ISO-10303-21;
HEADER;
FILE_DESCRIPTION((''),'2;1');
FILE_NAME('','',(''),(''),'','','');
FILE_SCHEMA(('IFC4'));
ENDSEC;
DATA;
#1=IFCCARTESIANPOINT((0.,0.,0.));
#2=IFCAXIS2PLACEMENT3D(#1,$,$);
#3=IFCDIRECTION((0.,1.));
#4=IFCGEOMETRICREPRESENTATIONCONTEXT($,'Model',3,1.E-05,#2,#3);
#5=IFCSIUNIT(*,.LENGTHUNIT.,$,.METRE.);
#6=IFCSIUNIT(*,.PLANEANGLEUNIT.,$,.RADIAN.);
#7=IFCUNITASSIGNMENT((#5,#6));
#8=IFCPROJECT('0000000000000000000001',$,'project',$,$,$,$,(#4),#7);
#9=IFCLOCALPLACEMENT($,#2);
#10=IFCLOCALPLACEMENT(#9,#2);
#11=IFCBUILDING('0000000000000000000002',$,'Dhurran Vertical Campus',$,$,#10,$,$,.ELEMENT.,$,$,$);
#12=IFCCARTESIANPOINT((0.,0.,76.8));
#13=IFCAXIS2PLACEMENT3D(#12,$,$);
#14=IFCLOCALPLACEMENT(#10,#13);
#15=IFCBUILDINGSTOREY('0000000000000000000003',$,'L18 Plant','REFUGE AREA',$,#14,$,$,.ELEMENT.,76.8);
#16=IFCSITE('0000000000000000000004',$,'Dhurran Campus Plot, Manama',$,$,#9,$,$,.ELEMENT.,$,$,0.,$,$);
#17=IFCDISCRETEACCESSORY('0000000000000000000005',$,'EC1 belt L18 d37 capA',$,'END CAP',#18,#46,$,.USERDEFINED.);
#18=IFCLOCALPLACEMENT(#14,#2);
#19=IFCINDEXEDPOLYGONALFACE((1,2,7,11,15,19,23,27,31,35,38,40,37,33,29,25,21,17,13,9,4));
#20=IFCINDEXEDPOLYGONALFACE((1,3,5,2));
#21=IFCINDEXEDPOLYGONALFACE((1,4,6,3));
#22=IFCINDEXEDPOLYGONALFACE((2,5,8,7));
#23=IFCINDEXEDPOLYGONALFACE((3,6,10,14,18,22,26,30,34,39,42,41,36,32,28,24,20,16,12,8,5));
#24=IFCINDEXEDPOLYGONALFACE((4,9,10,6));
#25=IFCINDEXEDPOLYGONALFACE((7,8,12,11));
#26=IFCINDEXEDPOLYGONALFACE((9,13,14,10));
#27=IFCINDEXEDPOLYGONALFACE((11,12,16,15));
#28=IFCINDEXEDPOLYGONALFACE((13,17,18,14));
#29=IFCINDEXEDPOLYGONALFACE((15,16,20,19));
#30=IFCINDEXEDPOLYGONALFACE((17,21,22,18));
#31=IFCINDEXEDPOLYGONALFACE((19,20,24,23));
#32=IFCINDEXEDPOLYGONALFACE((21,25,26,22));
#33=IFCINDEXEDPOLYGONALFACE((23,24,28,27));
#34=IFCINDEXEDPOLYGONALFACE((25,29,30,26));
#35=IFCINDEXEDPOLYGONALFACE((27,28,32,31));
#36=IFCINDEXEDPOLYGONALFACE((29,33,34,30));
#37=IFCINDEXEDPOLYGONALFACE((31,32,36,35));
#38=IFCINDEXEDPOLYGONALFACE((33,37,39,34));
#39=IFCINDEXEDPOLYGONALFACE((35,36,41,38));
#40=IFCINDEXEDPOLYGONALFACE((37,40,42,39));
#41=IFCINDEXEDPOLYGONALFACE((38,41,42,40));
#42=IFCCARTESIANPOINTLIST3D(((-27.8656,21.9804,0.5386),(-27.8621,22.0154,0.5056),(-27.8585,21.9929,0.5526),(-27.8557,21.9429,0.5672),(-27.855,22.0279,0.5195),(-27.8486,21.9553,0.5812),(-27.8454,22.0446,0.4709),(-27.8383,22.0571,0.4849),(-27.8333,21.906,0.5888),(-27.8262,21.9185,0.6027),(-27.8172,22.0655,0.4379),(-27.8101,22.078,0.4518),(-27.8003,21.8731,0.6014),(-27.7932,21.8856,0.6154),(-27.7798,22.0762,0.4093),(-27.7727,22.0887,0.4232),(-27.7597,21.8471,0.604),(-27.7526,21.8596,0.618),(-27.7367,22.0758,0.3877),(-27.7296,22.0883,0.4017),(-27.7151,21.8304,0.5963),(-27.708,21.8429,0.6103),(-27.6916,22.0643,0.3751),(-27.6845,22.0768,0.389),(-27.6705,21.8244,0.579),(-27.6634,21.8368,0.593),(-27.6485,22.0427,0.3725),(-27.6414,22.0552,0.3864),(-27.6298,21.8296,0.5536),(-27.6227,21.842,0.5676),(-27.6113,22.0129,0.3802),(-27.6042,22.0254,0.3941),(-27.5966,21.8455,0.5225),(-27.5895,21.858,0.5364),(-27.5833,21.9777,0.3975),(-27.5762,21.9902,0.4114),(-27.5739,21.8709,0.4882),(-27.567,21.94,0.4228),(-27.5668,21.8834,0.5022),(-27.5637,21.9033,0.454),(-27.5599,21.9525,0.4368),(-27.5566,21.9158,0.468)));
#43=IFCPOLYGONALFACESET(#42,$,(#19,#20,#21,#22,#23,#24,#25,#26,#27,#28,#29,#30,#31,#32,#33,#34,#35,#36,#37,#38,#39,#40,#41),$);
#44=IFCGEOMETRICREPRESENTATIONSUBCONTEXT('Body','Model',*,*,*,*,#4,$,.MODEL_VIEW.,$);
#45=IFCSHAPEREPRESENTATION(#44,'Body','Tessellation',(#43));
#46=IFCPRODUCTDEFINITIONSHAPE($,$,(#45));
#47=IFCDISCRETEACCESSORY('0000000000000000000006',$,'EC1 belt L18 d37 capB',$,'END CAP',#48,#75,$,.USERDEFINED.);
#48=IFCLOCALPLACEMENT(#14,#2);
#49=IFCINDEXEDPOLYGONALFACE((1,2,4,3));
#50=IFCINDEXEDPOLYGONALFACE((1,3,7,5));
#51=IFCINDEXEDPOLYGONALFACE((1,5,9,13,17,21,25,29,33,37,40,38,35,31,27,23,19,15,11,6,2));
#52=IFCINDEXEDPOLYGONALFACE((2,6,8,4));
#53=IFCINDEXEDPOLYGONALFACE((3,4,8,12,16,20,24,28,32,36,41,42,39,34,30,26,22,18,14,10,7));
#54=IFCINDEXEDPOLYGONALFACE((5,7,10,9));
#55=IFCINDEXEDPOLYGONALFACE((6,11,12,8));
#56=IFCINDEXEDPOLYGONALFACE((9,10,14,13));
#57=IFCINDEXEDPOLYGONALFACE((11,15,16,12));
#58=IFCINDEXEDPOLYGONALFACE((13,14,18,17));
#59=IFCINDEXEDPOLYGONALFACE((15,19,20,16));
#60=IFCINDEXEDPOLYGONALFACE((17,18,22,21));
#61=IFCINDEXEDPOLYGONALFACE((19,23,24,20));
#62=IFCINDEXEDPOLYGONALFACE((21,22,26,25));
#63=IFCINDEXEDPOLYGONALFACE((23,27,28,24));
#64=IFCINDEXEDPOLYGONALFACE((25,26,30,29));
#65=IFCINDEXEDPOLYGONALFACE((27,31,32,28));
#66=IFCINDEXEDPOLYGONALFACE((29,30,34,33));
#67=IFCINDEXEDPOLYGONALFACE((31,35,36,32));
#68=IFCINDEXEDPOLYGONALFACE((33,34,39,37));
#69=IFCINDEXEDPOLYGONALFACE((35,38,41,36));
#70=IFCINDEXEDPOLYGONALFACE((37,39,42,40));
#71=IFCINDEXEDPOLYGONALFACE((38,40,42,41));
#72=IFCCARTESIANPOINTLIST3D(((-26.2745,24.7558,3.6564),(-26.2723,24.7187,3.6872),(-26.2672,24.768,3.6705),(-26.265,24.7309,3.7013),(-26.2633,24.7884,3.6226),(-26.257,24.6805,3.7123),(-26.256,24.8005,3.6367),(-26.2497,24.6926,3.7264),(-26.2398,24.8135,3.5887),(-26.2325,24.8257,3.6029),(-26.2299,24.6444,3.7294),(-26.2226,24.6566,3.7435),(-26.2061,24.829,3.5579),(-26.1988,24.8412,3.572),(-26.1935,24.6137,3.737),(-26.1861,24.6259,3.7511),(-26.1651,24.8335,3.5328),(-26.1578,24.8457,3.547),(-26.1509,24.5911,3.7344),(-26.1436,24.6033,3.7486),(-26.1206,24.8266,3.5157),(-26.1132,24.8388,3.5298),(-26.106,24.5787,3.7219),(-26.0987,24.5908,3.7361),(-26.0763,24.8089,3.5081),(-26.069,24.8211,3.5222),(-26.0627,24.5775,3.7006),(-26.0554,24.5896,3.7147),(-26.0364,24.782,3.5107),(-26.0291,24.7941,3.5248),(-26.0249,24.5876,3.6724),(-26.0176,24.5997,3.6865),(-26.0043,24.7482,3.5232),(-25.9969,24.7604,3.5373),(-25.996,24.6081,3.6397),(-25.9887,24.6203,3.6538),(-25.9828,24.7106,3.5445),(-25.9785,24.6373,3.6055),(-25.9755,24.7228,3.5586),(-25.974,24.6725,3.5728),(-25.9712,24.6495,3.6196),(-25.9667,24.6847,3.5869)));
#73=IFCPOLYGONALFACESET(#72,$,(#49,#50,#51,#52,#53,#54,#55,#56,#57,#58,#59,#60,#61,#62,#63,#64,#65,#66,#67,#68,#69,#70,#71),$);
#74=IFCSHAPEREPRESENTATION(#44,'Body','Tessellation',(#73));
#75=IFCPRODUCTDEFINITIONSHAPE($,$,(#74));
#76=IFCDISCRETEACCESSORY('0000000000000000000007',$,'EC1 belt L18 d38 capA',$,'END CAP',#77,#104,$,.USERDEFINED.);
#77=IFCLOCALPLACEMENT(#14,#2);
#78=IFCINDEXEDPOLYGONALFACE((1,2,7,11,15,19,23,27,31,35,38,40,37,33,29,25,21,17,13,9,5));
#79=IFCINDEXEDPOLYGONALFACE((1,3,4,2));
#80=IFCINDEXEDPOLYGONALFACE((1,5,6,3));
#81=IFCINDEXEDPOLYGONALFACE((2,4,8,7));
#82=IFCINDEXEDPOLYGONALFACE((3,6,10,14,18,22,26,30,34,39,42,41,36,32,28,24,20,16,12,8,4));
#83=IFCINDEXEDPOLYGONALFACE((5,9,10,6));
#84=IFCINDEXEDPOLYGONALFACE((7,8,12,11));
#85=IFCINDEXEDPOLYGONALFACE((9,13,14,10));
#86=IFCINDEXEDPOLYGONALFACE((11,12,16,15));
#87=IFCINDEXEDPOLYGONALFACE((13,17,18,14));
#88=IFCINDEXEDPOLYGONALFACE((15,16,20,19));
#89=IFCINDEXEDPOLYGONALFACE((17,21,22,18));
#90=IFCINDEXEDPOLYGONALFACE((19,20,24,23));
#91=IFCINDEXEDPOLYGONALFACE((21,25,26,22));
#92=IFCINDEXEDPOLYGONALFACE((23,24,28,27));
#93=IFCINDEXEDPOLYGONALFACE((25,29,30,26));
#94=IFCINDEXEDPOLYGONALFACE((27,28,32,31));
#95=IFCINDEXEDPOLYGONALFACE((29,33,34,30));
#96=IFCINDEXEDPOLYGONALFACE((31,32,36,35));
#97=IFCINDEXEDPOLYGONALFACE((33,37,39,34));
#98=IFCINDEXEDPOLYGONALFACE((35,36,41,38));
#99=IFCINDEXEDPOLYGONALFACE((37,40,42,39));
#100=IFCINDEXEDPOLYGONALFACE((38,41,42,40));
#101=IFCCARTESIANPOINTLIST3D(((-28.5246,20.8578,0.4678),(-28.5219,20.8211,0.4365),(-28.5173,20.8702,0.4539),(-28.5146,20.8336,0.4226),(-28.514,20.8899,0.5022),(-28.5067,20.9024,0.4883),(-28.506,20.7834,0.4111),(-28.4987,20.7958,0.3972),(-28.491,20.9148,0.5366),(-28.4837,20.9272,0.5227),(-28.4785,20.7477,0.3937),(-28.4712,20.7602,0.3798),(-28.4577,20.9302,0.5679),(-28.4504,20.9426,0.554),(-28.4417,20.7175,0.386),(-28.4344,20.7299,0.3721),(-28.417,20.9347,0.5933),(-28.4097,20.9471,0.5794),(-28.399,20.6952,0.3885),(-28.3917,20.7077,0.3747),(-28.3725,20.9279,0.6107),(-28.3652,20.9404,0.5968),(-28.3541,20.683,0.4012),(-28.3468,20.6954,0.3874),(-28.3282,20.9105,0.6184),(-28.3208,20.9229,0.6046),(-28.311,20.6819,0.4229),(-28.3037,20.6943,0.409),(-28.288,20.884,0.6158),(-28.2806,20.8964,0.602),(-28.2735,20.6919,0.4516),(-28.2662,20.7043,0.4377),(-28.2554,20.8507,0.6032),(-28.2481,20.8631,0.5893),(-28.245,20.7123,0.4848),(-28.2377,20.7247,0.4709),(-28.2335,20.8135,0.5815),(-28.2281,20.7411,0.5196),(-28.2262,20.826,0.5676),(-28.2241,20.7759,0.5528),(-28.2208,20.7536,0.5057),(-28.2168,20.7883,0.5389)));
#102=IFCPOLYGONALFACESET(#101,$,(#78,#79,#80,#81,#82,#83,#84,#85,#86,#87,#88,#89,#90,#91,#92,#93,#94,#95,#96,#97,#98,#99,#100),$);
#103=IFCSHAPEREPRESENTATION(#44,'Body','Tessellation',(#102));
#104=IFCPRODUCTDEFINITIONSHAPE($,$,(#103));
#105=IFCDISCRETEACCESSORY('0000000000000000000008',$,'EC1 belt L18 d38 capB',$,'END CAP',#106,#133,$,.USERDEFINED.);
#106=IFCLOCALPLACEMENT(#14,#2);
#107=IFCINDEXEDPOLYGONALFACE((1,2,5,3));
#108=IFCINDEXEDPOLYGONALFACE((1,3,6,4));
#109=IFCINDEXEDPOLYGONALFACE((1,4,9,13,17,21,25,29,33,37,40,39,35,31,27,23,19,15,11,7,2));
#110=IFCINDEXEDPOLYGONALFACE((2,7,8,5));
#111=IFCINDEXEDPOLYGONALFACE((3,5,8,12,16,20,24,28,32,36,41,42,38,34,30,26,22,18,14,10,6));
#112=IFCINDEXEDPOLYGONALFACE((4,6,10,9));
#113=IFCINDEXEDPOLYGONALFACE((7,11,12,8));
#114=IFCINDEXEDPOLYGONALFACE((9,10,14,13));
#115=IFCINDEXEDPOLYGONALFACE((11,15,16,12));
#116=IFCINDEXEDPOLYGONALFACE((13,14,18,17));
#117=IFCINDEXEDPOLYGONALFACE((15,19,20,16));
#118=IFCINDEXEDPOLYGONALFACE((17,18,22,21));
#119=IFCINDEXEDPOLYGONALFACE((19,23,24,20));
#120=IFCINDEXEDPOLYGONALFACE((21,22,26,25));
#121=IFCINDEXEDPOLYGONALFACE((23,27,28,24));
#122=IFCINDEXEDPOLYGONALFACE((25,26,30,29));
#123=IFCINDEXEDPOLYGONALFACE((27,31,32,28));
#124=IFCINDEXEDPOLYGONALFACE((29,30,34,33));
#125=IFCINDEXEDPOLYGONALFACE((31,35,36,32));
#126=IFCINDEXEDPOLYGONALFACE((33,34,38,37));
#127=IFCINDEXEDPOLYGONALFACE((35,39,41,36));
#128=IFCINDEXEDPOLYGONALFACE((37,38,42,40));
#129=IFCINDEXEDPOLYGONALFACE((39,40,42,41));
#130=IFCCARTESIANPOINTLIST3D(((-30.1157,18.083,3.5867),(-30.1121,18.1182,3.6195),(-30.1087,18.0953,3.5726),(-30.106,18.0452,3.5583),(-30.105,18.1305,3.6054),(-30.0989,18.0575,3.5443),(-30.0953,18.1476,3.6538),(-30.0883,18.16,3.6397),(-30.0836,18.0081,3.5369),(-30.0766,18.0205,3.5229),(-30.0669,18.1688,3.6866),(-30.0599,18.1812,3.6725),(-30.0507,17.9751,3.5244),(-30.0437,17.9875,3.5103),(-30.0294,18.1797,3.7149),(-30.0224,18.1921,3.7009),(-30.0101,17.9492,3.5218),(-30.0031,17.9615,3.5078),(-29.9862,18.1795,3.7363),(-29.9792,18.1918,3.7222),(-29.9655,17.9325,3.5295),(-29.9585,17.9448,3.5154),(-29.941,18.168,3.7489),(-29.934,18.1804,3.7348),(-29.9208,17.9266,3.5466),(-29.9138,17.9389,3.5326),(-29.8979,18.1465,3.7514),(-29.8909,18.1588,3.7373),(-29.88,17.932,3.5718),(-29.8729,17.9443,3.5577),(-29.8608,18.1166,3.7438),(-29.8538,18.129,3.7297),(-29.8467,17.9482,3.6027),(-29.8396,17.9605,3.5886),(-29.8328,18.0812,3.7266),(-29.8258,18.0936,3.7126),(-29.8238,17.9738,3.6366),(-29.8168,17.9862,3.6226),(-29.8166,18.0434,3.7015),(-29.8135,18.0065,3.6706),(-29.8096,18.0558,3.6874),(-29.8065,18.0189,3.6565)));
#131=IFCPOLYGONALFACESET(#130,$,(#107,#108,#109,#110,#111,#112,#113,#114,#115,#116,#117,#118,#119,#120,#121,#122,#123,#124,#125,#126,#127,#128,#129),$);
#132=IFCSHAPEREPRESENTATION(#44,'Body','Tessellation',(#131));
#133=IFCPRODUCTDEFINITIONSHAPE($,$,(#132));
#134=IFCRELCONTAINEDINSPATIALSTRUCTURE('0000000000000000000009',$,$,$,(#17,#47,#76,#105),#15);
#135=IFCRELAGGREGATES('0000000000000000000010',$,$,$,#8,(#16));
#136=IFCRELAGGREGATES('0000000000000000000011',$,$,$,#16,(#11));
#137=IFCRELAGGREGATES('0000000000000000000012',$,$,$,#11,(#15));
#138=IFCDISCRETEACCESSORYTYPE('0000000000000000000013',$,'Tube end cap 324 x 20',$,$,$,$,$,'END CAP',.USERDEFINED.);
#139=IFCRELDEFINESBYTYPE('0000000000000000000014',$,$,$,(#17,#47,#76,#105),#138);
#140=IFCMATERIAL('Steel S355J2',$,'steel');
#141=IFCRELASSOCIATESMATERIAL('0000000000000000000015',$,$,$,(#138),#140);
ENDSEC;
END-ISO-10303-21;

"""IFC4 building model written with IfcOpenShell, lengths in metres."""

from ifc_helpers import new_model, si_unit, direction, frame, origin, origin_2d, place, context, subcontext, project, spatial, circle, extrude, material, material_profile, profile_set, type_object, element, save


model = new_model("IFC4")

# Units and contexts
model_context = context("Model", 3, precision=1e-05, world=origin(), true_north=direction((0.0, 1.0)))
body_context = subcontext(model_context, "Body", "Model", "MODEL_VIEW")
ifc_project = project(units=[si_unit("LENGTHUNIT", "METRE"), si_unit("PLANEANGLEUNIT", "RADIAN")], contexts=[model_context])

# Site, building, storey
site_placement = place(None, origin())
site = spatial("IfcSite", under=ifc_project, at=site_placement, Name="Dhurran Campus Plot, Manama", CompositionType="ELEMENT", RefElevation=0.0)
building_placement = place(site_placement, origin())
building = spatial("IfcBuilding", under=site, at=building_placement, Name="Dhurran Vertical Campus", CompositionType="ELEMENT")
storey_placement = place(building_placement, frame((0.0, 0.0, 76.8)))
storey = spatial("IfcBuildingStorey", under=building, at=storey_placement, Name="L18 Plant", Description="REFUGE AREA", CompositionType="ELEMENT", Elevation=76.8)

# Discrete accessories
ifc_material_1 = material(Name="Steel S355J2", Category="steel")
ifc_material_profile_1 = material_profile(ifc_material_1, circle(Radius=0.1619, at=origin_2d()), Name="Tube end cap 324 x 20")
ifc_profile_set_1 = profile_set([ifc_material_profile_1], Name="Steel S355J2")
discrete_accessory_type = type_object("IfcDiscreteAccessoryType", Name="Tube end cap 324 x 20", ElementType="END CAP", PredefinedType="USERDEFINED", material=ifc_profile_set_1)
for number, where, z_axis, x_axis, name in (
    (1, (-27.7075, 21.9634, 0.5022), (-0.35453, -0.623483, -0.696834), (0.86929, -0.494302, 0.0), "EC1 belt L18 d37 capA"),
    (2, (-26.1245, 24.7051, 3.6226), (0.36477, 0.60795, 0.705223), (-0.857493, 0.514496, 0.0), "EC1 belt L18 d37 capB"),
    (3, (-28.3745, 20.8079, 0.5022), (0.365148, 0.620752, -0.693782), (-0.861934, 0.50702, 0.0), "EC1 belt L18 d38 capA"),
    (4, (-29.9575, 18.0662, 3.6226), (-0.351522, -0.618193, 0.703043), (0.86929, -0.494302, 0.0), "EC1 belt L18 d38 capB"),
):
    element("IfcDiscreteAccessory", number, at=place(storey_placement, frame(where, z_axis=z_axis, x_axis=x_axis)), inside=storey, type_object=discrete_accessory_type, Name=name, ObjectType="END CAP", PredefinedType="USERDEFINED", context=body_context, shape_type="SweptSolid", body=[
        extrude(circle(Radius=0.1619, at=origin_2d()), origin(), (0.0, 0.0, 1.0), 0.02),
    ])

save(model, "model.ifc")
